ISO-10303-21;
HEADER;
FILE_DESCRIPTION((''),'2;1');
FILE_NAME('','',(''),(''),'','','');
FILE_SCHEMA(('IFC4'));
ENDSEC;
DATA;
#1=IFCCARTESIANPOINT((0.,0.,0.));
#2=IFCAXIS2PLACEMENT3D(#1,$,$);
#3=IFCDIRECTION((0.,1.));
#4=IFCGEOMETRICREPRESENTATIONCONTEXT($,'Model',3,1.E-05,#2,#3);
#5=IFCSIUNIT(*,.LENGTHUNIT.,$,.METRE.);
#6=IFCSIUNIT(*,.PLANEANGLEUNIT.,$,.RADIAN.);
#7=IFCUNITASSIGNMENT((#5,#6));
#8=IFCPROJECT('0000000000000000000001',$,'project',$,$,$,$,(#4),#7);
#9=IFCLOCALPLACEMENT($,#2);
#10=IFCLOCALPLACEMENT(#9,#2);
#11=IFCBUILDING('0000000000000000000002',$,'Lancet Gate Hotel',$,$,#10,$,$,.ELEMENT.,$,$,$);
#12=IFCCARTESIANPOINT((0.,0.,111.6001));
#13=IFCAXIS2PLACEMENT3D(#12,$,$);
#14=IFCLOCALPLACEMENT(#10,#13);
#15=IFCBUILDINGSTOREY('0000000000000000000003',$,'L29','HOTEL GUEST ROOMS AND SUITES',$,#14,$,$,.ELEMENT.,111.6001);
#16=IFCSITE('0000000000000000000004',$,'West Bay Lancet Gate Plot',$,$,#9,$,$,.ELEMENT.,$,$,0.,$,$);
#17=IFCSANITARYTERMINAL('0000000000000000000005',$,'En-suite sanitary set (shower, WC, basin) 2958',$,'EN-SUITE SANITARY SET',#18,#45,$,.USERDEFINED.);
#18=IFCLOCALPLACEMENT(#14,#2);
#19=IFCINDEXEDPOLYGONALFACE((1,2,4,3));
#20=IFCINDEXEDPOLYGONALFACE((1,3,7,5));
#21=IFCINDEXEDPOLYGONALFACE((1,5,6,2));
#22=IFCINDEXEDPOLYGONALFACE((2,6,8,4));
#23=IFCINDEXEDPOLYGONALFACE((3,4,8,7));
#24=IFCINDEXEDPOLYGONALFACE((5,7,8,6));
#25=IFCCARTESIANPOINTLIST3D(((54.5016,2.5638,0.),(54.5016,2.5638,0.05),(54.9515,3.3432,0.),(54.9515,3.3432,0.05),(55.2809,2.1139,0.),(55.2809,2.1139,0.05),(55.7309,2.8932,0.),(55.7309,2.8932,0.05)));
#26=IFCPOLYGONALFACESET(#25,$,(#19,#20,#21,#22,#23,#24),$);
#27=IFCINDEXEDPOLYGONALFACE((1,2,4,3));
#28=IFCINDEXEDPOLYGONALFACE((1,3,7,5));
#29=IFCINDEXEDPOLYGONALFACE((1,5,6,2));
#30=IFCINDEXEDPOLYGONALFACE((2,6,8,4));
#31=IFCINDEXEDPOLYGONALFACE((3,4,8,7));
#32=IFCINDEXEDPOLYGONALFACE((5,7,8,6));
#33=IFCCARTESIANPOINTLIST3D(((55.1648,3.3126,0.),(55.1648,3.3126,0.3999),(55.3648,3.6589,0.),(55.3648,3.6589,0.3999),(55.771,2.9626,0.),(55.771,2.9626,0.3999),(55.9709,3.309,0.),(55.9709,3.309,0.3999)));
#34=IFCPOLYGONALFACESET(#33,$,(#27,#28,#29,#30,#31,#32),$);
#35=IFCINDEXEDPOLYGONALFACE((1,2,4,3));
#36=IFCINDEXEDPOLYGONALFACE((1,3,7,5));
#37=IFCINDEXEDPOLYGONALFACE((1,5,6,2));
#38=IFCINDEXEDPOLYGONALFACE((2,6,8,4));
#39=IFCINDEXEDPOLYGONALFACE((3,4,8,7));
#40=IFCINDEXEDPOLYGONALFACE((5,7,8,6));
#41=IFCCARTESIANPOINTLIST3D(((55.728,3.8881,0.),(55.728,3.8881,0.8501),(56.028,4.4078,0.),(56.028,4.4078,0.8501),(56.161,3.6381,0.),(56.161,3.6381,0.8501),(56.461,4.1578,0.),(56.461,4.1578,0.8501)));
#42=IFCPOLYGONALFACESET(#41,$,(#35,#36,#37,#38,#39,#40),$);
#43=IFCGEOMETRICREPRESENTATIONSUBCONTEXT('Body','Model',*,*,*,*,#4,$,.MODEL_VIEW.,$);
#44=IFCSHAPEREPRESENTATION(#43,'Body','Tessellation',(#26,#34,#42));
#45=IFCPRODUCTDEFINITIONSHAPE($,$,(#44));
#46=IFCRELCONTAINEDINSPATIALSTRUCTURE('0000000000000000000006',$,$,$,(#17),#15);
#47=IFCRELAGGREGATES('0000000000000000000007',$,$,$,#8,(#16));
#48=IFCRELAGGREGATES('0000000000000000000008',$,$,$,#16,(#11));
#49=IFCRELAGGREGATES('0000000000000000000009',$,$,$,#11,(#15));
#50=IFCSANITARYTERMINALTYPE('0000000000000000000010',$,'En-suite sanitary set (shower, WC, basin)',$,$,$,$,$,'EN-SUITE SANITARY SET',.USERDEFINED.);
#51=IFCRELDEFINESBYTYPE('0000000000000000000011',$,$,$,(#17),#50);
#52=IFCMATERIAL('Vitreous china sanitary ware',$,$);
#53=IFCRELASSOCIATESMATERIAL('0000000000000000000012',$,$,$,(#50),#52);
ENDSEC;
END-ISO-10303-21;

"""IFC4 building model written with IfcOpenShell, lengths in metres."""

from ifc_helpers import new_model, si_unit, direction, frame, origin, origin_2d, place, context, subcontext, project, spatial, rectangle, extrude, material, type_object, element, save


model = new_model("IFC4")

# Units and contexts
model_context = context("Model", 3, precision=1e-05, world=origin(), true_north=direction((0.0, 1.0)))
body_context = subcontext(model_context, "Body", "Model", "MODEL_VIEW")
ifc_project = project(units=[si_unit("LENGTHUNIT", "METRE"), si_unit("PLANEANGLEUNIT", "RADIAN")], contexts=[model_context])

# Site, building, storey
site_placement = place(None, origin())
site = spatial("IfcSite", under=ifc_project, at=site_placement, Name="West Bay Lancet Gate Plot", CompositionType="ELEMENT", RefElevation=0.0)
building_placement = place(site_placement, origin())
building = spatial("IfcBuilding", under=site, at=building_placement, Name="Lancet Gate Hotel", CompositionType="ELEMENT")
storey_placement = place(building_placement, frame((0.0, 0.0, 111.6001)))
storey = spatial("IfcBuildingStorey", under=building, at=storey_placement, Name="L29", Description="HOTEL GUEST ROOMS AND SUITES", CompositionType="ELEMENT", Elevation=111.6001)

# Sanitary terminal
ifc_material_1 = material(Name="Vitreous china sanitary ware")
sanitary_terminal_type = type_object("IfcSanitaryTerminalType", Name="En-suite sanitary set (shower, WC, basin)", ElementType="EN-SUITE SANITARY SET", PredefinedType="USERDEFINED", material=ifc_material_1)
sanitary_terminal_placement = place(storey_placement, frame((55.1162, 2.7285, 0.0), z_axis=(0.0, 0.0, 1.0), x_axis=(1.0, 0.0, 0.0)))
element("IfcSanitaryTerminal", 1, at=sanitary_terminal_placement, inside=storey, type_object=sanitary_terminal_type, Name="En-suite sanitary set (shower, WC, basin) 2958", ObjectType="EN-SUITE SANITARY SET", PredefinedType="USERDEFINED", context=body_context, shape_type="SweptSolid", body=[
    extrude(rectangle(XDim=0.8999, YDim=0.8999, at=origin_2d()), frame((0.0, 0.0, 0.0), z_axis=(0.0, 0.0, 1.0), x_axis=(-0.5, -0.866025, 0.0)), (0.0, 0.0, 1.0), 0.05),
    extrude(rectangle(XDim=0.3999, YDim=0.7, at=origin_2d()), frame((0.4517, 0.5823, 0.0), z_axis=(0.0, 0.0, 1.0), x_axis=(-0.5, -0.866025, 0.0)), (0.0, 0.0, 1.0), 0.3999),
    extrude(rectangle(XDim=0.6001, YDim=0.5, at=origin_2d()), frame((0.9783, 1.2944, 0.0), z_axis=(0.0, 0.0, 1.0), x_axis=(-0.5, -0.866025, 0.0)), (0.0, 0.0, 1.0), 0.8501),
])

save(model, "model.ifc")
